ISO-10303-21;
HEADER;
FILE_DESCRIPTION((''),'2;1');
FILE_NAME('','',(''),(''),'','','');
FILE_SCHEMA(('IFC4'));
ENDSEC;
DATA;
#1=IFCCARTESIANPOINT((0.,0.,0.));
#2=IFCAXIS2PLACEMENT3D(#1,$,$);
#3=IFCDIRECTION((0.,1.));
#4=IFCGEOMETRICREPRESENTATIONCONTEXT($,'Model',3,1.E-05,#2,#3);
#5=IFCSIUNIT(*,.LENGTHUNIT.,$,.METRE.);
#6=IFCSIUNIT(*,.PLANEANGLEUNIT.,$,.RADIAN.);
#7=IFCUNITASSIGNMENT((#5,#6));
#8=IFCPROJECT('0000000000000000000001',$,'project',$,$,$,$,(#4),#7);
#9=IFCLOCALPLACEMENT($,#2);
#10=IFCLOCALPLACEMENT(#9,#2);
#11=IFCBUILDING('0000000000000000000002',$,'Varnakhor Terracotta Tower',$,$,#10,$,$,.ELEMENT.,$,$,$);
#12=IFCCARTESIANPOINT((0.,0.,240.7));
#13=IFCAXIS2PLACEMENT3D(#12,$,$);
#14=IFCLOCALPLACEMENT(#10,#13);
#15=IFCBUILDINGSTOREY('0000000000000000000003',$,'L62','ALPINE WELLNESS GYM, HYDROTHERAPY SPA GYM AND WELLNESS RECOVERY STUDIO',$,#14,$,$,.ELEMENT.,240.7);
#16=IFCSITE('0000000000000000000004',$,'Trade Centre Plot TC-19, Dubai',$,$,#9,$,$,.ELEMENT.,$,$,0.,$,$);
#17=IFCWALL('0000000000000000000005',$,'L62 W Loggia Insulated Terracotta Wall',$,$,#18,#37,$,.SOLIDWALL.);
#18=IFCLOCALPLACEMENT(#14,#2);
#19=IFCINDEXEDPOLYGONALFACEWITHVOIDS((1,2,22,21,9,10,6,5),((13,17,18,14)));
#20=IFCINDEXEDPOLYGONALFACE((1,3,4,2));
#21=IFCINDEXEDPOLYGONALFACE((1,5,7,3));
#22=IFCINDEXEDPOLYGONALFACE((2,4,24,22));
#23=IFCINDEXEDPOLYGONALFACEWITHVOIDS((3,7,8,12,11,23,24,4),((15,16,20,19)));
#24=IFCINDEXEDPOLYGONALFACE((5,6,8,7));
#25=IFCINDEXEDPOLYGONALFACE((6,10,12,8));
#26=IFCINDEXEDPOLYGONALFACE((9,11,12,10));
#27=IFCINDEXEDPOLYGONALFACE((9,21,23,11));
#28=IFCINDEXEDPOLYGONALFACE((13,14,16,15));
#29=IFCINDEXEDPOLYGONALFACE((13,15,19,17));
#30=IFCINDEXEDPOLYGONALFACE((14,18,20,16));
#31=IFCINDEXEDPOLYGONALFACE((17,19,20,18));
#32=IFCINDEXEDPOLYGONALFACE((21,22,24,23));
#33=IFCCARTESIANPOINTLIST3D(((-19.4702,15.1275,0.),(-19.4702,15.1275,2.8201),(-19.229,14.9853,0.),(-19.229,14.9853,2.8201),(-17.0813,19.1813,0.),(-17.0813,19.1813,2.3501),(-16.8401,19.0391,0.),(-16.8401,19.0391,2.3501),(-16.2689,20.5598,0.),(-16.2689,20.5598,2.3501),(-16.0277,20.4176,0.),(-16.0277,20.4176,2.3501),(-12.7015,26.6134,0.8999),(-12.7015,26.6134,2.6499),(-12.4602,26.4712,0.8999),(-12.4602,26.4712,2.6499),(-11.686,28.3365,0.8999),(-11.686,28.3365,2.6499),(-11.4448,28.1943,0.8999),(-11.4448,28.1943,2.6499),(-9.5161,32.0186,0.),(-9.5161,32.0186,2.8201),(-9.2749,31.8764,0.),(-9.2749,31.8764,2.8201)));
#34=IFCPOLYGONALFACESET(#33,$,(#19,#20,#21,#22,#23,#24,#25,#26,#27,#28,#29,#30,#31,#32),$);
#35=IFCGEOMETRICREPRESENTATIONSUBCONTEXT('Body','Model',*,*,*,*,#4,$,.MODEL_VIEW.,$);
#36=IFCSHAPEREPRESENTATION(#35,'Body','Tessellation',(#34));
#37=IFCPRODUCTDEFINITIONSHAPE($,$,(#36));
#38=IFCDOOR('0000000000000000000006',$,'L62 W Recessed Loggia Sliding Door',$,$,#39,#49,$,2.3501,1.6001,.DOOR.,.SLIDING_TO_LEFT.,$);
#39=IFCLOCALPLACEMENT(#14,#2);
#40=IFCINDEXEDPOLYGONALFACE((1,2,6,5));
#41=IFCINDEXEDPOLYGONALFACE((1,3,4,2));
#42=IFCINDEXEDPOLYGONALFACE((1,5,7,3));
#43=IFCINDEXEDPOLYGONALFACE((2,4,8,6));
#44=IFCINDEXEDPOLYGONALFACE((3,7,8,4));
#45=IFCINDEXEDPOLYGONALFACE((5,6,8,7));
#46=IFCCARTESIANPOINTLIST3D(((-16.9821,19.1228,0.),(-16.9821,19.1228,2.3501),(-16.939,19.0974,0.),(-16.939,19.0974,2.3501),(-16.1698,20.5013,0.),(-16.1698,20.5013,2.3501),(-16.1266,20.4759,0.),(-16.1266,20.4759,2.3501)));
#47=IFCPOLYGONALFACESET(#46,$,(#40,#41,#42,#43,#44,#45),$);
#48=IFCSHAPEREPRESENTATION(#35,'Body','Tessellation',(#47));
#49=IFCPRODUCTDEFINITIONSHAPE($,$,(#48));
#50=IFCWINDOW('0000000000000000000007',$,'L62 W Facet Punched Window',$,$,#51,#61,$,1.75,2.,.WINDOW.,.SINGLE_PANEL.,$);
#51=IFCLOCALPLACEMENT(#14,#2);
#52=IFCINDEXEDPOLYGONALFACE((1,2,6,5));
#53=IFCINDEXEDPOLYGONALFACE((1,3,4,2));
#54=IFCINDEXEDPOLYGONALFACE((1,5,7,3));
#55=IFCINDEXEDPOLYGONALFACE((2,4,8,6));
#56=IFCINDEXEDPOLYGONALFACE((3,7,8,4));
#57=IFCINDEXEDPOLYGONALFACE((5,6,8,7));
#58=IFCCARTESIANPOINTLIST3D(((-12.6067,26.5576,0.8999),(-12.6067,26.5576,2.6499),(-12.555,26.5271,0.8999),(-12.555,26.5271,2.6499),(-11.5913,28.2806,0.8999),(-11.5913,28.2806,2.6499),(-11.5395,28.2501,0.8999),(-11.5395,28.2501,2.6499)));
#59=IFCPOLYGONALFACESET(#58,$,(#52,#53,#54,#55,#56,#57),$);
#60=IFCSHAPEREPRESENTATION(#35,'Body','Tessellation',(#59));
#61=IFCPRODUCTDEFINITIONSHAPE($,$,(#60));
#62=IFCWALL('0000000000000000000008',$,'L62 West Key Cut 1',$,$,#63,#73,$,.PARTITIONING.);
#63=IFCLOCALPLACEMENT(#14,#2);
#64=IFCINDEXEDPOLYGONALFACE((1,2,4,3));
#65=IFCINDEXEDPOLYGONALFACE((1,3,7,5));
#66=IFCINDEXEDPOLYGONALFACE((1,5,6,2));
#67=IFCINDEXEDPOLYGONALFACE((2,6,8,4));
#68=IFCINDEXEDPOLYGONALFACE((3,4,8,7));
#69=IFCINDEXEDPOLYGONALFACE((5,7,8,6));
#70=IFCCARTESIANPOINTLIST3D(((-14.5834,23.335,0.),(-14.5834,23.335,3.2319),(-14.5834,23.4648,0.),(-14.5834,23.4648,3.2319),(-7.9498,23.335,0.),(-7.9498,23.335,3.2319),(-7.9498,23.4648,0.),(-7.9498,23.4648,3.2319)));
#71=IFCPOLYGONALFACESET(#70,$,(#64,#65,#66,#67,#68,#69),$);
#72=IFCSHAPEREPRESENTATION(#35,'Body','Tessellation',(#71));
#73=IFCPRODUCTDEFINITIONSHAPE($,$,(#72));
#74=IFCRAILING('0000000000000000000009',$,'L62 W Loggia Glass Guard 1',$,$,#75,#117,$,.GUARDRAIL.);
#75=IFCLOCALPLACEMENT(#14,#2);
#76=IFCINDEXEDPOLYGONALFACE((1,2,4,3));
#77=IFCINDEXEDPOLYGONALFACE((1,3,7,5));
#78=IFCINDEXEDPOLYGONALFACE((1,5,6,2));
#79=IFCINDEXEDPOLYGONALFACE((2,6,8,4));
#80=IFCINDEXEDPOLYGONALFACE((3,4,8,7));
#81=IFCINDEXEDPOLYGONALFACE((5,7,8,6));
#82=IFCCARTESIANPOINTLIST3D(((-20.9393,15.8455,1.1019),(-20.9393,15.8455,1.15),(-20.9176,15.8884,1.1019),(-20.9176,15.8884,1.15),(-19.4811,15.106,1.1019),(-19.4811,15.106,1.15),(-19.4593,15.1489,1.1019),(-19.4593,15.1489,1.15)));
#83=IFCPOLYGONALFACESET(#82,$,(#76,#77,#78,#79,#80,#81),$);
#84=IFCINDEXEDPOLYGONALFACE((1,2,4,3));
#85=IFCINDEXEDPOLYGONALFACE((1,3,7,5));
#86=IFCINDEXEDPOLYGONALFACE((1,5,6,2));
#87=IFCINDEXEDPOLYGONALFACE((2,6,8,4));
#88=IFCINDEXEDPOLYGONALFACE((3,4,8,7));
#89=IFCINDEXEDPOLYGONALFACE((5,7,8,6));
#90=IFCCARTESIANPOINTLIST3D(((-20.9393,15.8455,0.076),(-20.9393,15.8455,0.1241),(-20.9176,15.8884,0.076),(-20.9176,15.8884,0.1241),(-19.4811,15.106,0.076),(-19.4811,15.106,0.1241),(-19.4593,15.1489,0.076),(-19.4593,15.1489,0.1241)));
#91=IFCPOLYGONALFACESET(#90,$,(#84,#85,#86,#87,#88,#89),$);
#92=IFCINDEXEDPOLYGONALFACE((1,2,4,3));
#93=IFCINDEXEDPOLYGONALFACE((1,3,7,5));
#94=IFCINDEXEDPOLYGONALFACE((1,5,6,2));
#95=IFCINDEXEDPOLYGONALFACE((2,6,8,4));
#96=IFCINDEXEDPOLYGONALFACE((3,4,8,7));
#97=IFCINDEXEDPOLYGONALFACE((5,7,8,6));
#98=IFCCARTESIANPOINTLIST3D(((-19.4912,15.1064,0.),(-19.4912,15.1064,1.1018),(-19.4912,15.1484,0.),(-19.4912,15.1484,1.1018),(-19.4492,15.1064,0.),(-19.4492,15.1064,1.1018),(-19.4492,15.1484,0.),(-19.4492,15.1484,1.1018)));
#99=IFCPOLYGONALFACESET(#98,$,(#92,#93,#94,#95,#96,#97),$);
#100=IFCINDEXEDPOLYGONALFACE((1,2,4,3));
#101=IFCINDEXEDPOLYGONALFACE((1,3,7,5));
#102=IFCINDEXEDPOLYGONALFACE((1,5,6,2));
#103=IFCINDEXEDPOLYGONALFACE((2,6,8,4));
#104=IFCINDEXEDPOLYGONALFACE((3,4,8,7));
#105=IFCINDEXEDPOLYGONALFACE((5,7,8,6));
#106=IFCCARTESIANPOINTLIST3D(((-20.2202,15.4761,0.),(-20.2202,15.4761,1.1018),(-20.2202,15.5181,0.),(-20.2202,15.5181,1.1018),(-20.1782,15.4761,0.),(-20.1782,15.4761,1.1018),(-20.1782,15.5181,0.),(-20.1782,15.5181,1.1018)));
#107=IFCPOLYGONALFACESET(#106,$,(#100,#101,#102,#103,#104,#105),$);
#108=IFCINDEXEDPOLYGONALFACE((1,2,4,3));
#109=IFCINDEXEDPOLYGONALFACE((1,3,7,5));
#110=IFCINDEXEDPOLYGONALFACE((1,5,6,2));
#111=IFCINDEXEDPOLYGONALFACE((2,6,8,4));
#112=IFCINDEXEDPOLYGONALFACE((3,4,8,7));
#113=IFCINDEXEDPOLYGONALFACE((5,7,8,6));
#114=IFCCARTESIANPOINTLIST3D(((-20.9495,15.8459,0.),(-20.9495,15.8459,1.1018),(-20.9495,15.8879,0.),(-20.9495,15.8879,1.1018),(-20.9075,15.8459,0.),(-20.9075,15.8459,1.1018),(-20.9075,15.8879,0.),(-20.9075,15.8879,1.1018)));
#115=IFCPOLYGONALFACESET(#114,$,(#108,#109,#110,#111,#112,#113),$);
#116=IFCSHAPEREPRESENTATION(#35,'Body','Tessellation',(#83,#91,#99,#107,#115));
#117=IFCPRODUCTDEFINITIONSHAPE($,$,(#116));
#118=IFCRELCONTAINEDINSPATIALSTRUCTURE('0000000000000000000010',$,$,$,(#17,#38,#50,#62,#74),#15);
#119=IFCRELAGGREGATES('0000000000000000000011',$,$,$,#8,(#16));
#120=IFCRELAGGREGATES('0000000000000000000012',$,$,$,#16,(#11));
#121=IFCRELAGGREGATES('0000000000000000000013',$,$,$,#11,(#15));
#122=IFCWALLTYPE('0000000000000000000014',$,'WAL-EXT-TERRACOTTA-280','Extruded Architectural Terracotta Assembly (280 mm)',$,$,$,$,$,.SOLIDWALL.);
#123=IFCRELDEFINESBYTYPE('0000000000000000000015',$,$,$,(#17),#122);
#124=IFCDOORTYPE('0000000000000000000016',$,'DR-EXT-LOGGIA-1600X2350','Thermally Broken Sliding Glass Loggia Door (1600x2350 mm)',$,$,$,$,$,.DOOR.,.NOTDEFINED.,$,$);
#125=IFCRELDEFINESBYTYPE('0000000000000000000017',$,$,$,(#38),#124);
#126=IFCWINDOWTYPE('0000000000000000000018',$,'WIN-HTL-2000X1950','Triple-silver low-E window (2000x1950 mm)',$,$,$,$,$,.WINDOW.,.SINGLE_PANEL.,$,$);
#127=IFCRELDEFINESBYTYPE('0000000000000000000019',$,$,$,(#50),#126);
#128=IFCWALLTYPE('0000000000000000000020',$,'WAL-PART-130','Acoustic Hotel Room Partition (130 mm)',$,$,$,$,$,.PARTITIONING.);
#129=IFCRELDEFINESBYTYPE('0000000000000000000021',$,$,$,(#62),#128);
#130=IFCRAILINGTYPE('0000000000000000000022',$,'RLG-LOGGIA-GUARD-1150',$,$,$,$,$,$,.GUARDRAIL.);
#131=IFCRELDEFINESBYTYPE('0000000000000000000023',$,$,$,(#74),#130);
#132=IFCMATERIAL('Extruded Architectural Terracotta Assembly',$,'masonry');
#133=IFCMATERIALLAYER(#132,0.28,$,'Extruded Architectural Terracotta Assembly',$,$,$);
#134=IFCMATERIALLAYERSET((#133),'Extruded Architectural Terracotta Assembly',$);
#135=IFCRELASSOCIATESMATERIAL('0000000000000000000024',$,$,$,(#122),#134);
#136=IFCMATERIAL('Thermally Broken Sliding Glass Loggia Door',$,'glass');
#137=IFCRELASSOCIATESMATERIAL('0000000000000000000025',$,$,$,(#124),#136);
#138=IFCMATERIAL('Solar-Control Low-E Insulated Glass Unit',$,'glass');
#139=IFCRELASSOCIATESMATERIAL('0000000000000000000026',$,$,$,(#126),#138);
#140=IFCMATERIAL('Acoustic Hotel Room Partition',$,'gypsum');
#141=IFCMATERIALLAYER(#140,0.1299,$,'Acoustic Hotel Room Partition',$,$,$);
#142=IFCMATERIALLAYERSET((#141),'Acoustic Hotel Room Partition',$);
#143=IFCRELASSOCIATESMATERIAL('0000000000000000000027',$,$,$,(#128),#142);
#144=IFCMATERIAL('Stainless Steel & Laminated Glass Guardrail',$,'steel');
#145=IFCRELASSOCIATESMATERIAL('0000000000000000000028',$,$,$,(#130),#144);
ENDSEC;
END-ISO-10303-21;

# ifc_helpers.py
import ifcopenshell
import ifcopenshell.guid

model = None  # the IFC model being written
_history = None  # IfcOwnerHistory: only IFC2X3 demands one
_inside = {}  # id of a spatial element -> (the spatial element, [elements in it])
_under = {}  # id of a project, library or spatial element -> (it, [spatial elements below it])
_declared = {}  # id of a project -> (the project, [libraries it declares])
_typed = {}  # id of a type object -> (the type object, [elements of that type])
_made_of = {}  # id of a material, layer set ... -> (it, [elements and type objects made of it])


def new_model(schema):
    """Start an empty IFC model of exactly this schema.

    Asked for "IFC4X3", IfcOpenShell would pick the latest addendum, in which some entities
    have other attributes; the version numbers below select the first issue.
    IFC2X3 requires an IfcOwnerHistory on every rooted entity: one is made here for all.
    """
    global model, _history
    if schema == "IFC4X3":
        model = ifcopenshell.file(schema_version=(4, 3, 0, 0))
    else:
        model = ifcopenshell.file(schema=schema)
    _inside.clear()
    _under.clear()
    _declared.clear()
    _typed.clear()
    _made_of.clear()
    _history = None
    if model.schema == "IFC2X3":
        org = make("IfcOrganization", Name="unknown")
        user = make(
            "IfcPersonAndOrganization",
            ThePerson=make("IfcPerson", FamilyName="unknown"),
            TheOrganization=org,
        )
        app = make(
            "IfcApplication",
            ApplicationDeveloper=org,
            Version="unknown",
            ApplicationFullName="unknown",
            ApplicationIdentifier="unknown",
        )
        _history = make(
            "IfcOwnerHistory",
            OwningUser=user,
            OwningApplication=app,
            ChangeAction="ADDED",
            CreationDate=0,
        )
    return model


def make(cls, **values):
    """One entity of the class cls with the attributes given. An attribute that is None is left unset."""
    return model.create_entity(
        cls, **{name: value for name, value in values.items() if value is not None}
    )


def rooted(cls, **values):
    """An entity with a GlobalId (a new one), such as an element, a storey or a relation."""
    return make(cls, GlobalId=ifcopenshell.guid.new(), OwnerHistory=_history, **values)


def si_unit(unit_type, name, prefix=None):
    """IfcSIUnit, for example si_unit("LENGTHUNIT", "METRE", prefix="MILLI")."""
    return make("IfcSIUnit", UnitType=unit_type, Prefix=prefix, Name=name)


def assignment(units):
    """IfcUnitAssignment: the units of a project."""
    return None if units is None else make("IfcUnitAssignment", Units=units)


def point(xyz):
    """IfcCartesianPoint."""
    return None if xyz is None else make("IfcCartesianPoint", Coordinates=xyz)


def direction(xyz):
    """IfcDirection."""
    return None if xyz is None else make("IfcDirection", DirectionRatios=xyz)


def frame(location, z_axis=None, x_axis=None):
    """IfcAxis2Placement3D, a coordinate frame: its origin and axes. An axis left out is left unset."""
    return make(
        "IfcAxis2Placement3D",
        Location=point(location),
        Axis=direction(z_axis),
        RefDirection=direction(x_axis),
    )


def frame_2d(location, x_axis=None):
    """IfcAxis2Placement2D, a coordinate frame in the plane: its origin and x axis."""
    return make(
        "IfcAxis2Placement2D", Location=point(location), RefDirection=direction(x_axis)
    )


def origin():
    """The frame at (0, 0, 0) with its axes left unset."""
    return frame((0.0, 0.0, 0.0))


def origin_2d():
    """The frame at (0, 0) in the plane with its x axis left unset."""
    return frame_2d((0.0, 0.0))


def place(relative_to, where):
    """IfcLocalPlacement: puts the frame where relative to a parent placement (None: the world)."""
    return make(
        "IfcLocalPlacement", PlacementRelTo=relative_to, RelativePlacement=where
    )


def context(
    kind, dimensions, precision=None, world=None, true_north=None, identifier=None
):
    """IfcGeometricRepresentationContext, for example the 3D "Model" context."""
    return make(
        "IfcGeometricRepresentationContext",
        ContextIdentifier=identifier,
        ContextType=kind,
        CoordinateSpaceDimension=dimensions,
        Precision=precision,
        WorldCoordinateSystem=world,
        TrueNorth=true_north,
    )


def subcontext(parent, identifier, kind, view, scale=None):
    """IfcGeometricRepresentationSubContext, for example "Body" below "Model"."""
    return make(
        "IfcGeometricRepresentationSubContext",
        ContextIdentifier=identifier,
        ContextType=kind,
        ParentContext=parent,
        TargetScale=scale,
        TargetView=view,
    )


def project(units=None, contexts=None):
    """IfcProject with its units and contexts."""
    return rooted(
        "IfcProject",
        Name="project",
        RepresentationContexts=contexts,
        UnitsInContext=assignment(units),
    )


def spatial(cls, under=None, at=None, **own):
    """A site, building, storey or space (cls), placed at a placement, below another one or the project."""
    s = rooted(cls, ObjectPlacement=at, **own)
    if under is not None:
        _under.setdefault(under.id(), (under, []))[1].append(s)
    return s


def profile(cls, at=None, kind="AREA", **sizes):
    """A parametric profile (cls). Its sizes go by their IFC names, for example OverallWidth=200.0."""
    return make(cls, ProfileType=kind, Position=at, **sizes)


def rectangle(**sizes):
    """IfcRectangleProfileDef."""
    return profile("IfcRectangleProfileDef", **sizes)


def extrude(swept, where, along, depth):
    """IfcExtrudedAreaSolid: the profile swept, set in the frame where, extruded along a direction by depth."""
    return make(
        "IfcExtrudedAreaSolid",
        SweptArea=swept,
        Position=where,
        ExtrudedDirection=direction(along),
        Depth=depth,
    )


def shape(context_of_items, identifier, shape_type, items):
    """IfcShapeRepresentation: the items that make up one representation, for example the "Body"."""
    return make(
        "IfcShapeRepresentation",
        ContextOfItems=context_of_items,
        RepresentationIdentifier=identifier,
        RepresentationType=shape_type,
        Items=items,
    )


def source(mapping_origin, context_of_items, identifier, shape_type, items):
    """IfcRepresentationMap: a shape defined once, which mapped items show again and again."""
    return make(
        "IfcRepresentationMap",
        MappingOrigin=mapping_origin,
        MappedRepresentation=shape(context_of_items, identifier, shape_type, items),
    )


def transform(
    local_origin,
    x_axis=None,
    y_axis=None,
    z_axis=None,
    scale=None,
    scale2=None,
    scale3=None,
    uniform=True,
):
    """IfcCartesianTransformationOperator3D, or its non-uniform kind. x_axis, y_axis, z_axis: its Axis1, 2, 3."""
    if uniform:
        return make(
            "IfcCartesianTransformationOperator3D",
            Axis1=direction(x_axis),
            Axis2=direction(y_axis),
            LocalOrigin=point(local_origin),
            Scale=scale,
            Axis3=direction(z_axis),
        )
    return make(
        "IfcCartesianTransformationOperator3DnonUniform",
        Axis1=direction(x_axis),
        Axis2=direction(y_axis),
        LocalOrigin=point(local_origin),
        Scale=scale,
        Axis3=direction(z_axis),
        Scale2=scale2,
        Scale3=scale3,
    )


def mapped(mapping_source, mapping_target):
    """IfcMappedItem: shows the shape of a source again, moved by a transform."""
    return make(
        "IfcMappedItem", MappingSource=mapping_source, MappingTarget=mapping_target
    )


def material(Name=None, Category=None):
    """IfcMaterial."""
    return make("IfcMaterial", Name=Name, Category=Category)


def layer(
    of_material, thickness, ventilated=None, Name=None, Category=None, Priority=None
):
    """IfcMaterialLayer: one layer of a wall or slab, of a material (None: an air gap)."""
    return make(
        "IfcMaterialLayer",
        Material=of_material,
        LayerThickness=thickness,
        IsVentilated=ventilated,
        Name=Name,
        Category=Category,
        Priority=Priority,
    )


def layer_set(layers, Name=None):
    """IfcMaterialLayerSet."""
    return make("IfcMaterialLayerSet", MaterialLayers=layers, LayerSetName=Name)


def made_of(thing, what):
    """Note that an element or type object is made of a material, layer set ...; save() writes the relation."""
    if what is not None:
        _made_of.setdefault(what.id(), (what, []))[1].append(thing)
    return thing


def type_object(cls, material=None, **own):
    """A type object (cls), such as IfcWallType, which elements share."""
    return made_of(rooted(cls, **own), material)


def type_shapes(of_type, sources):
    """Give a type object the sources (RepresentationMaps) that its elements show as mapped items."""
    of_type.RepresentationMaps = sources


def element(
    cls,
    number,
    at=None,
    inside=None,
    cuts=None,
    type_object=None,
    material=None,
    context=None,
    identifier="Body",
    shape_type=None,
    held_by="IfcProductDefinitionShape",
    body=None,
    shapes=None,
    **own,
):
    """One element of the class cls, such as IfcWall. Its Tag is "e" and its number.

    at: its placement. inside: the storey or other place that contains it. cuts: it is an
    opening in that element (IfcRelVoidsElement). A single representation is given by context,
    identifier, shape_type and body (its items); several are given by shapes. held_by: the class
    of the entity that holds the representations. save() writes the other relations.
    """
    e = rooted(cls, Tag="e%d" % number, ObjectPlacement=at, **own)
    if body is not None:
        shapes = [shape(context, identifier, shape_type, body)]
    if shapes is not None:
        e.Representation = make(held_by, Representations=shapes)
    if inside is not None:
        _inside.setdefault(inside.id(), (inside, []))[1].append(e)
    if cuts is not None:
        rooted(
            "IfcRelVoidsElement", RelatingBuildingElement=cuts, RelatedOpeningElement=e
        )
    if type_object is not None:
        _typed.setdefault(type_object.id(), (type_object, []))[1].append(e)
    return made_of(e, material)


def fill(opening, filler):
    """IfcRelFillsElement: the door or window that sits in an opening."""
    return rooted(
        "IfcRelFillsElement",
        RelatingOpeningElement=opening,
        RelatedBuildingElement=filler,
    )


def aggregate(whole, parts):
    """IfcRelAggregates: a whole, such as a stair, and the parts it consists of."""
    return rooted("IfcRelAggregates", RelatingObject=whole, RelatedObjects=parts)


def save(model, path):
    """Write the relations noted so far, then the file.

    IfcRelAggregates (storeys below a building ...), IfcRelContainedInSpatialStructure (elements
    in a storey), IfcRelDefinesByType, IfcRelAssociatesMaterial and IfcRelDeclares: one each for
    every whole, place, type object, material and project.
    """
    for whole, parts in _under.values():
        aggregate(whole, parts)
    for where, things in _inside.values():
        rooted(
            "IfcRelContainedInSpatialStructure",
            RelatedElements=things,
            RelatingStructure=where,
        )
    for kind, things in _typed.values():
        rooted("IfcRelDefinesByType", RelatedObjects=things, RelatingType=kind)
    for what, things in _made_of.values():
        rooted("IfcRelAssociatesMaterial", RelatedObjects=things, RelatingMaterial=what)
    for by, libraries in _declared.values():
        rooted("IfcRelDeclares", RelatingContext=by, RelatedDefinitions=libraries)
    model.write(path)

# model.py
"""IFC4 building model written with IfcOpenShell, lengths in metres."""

from ifc_helpers import new_model, si_unit, direction, frame, frame_2d, origin, origin_2d, place, context, subcontext, project, spatial, rectangle, extrude, source, transform, mapped, material, layer, layer_set, type_object, type_shapes, element, fill, save


model = new_model("IFC4")

# Units and contexts
model_context = context("Model", 3, precision=1e-05, world=origin(), true_north=direction((0.0, 1.0)))
body_context = subcontext(model_context, "Body", "Model", "MODEL_VIEW")
ifc_project = project(units=[si_unit("LENGTHUNIT", "METRE"), si_unit("PLANEANGLEUNIT", "RADIAN")], contexts=[model_context])

# Site, building, storey
site_placement = place(None, origin())
site = spatial("IfcSite", under=ifc_project, at=site_placement, Name="Trade Centre Plot TC-19, Dubai", CompositionType="ELEMENT", RefElevation=0.0)
building_placement = place(site_placement, origin())
building = spatial("IfcBuilding", under=site, at=building_placement, Name="Varnakhor Terracotta Tower", CompositionType="ELEMENT")
storey_placement = place(building_placement, frame((0.0, 0.0, 240.7)))
storey = spatial("IfcBuildingStorey", under=building, at=storey_placement, Name="L62", Description="ALPINE WELLNESS GYM, HYDROTHERAPY SPA GYM AND WELLNESS RECOVERY STUDIO", CompositionType="ELEMENT", Elevation=240.7)

# Wall, openings, door, window
ifc_material_1 = material(Name="Extruded Architectural Terracotta Assembly", Category="masonry")
ifc_layer_1 = layer(ifc_material_1, 0.28, Name="Extruded Architectural Terracotta Assembly")
ifc_layer_set_1 = layer_set([ifc_layer_1], Name="Extruded Architectural Terracotta Assembly")
wall_type_1 = type_object("IfcWallType", Name="WAL-EXT-TERRACOTTA-280", Description="Extruded Architectural Terracotta Assembly (280 mm)", PredefinedType="SOLIDWALL", material=ifc_layer_set_1)
wall_1_placement = place(storey_placement, frame((-19.3496, 15.0564, 0.0), z_axis=(0.0, 0.0, 1.0), x_axis=(0.507708, 0.861529, 0.0)))
wall_1 = element("IfcWall", 1, at=wall_1_placement, inside=storey, type_object=wall_type_1, Name="L62 W Loggia Insulated Terracotta Wall", PredefinedType="SOLIDWALL", context=body_context, shape_type="SweptSolid", body=[
    extrude(rectangle(XDim=19.606, YDim=0.28, at=frame_2d((9.803, 0.0))), origin(), (0.0, 0.0, 1.0), 2.8201),
])
opening_1_placement = place(wall_1_placement, frame((4.7053, 0.0, 0.0)))
opening_1 = element("IfcOpeningElement", 2, at=opening_1_placement, cuts=wall_1, PredefinedType="OPENING", context=body_context, shape_type="SweptSolid", body=[
    extrude(rectangle(XDim=1.6001, YDim=2.3501, at=frame_2d((0.8, 1.175))), frame((0.0, 0.1499, 0.0), z_axis=(0.0, -1.0, 0.0), x_axis=(1.0, 0.0, 0.0)), (0.0, 0.0, 1.0), 0.3),
])
opening_2_placement = place(wall_1_placement, frame((13.332, 0.0, 0.8999)))
opening_2 = element("IfcOpeningElement", 3, at=opening_2_placement, cuts=wall_1, PredefinedType="OPENING", context=body_context, shape_type="SweptSolid", body=[
    extrude(rectangle(XDim=2.0, YDim=1.75, at=frame_2d((1.0, 0.875))), frame((0.0, 0.1499, 0.0), z_axis=(0.0, -1.0, 0.0), x_axis=(1.0, 0.0, 0.0)), (0.0, 0.0, 1.0), 0.3),
])
ifc_material_2 = material(Name="Thermally Broken Sliding Glass Loggia Door", Category="glass")
door_type_1 = type_object("IfcDoorType", Name="DR-EXT-LOGGIA-1600X2350", Description="Thermally Broken Sliding Glass Loggia Door (1600x2350 mm)", OperationType="NOTDEFINED", PredefinedType="DOOR", material=ifc_material_2)
shared_shape_1 = source(origin(), body_context, "Body", "SweptSolid", [
    extrude(rectangle(XDim=1.6001, YDim=2.3501, at=frame_2d((0.8, 1.175))), frame((0.0, 0.0249, 0.0), z_axis=(0.0, -1.0, 0.0), x_axis=(1.0, 0.0, 0.0)), (0.0, 0.0, 1.0), 0.05),
])
type_shapes(door_type_1, [shared_shape_1])
door_1_placement = place(opening_1_placement, origin())
door_1 = element("IfcDoor", 4, at=door_1_placement, inside=storey, type_object=door_type_1, Name="L62 W Recessed Loggia Sliding Door", OperationType="SLIDING_TO_LEFT", OverallHeight=2.3501, OverallWidth=1.6001, PredefinedType="DOOR", context=body_context, shape_type="MappedRepresentation", body=[
    mapped(shared_shape_1, transform((0.0, 0.0, 0.0), scale=1.0)),
])
fill(opening_1, door_1)
ifc_material_3 = material(Name="Solar-Control Low-E Insulated Glass Unit", Category="glass")
window_type = type_object("IfcWindowType", Name="WIN-HTL-2000X1950", Description="Triple-silver low-E window (2000x1950 mm)", PartitioningType="SINGLE_PANEL", PredefinedType="WINDOW", material=ifc_material_3)
shared_shape_2 = source(origin(), body_context, "Body", "SweptSolid", [
    extrude(rectangle(XDim=2.0, YDim=1.75, at=frame_2d((1.0, 0.875))), frame((0.0, 0.03, 0.0), z_axis=(0.0, -1.0, 0.0), x_axis=(1.0, 0.0, 0.0)), (0.0, 0.0, 1.0), 0.0601),
])
type_shapes(window_type, [shared_shape_2])
window_placement = place(opening_2_placement, origin())
window = element("IfcWindow", 5, at=window_placement, inside=storey, type_object=window_type, Name="L62 W Facet Punched Window", OverallHeight=1.75, OverallWidth=2.0, PartitioningType="SINGLE_PANEL", PredefinedType="WINDOW", context=body_context, shape_type="MappedRepresentation", body=[
    mapped(shared_shape_2, transform((0.0, 0.0, 0.0), scale=1.0)),
])
fill(opening_2, window)

# Wall
ifc_material_4 = material(Name="Acoustic Hotel Room Partition", Category="gypsum")
ifc_layer_2 = layer(ifc_material_4, 0.1299, Name="Acoustic Hotel Room Partition")
ifc_layer_set_2 = layer_set([ifc_layer_2], Name="Acoustic Hotel Room Partition")
wall_type_2 = type_object("IfcWallType", Name="WAL-PART-130", Description="Acoustic Hotel Room Partition (130 mm)", PredefinedType="PARTITIONING", material=ifc_layer_set_2)
wall_2_placement = place(storey_placement, frame((-14.5835, 23.3999, 0.0), z_axis=(0.0, 0.0, 1.0), x_axis=(1.0, 0.0, 0.0)))
element("IfcWall", 6, at=wall_2_placement, inside=storey, type_object=wall_type_2, Name="L62 West Key Cut 1", PredefinedType="PARTITIONING", context=body_context, shape_type="SweptSolid", body=[
    extrude(rectangle(XDim=6.6335, YDim=0.1299, at=frame_2d((3.3169, 0.0))), origin(), (0.0, 0.0, 1.0), 3.2319),
])

# Railing
ifc_material_5 = material(Name="Stainless Steel & Laminated Glass Guardrail", Category="steel")
railing_type = type_object("IfcRailingType", Name="RLG-LOGGIA-GUARD-1150", PredefinedType="GUARDRAIL", material=ifc_material_5)
railing_1_placement = place(storey_placement, frame((-19.4702, 15.1274, 0.0)))
element("IfcRailing", 7, at=railing_1_placement, inside=storey, type_object=railing_type, Name="L62 W Loggia Glass Guard 1", PredefinedType="GUARDRAIL", context=body_context, shape_type="SweptSolid", body=[
    extrude(rectangle(XDim=0.0481, YDim=0.0481, at=origin_2d()), frame((0.0, 0.0, 1.126), z_axis=(-0.891874, 0.452283, 0.0), x_axis=(-0.452283, -0.891874, 0.0)), (0.0, 0.0, 1.0), 1.635),
    extrude(rectangle(XDim=0.0481, YDim=0.0481, at=origin_2d()), frame((0.0, 0.0, 0.1001), z_axis=(-0.891874, 0.452283, 0.0), x_axis=(-0.452283, -0.891874, 0.0)), (0.0, 0.0, 1.0), 1.635),
    extrude(rectangle(XDim=0.042, YDim=0.042, at=origin_2d()), origin(), (0.0, 0.0, 1.0), 1.1018),
    extrude(rectangle(XDim=0.042, YDim=0.042, at=origin_2d()), frame((-0.729, 0.3696, 0.0)), (0.0, 0.0, 1.0), 1.1018),
    extrude(rectangle(XDim=0.042, YDim=0.042, at=origin_2d()), frame((-1.4583, 0.7395, 0.0)), (0.0, 0.0, 1.0), 1.1018),
])

save(model, "model.ifc")
